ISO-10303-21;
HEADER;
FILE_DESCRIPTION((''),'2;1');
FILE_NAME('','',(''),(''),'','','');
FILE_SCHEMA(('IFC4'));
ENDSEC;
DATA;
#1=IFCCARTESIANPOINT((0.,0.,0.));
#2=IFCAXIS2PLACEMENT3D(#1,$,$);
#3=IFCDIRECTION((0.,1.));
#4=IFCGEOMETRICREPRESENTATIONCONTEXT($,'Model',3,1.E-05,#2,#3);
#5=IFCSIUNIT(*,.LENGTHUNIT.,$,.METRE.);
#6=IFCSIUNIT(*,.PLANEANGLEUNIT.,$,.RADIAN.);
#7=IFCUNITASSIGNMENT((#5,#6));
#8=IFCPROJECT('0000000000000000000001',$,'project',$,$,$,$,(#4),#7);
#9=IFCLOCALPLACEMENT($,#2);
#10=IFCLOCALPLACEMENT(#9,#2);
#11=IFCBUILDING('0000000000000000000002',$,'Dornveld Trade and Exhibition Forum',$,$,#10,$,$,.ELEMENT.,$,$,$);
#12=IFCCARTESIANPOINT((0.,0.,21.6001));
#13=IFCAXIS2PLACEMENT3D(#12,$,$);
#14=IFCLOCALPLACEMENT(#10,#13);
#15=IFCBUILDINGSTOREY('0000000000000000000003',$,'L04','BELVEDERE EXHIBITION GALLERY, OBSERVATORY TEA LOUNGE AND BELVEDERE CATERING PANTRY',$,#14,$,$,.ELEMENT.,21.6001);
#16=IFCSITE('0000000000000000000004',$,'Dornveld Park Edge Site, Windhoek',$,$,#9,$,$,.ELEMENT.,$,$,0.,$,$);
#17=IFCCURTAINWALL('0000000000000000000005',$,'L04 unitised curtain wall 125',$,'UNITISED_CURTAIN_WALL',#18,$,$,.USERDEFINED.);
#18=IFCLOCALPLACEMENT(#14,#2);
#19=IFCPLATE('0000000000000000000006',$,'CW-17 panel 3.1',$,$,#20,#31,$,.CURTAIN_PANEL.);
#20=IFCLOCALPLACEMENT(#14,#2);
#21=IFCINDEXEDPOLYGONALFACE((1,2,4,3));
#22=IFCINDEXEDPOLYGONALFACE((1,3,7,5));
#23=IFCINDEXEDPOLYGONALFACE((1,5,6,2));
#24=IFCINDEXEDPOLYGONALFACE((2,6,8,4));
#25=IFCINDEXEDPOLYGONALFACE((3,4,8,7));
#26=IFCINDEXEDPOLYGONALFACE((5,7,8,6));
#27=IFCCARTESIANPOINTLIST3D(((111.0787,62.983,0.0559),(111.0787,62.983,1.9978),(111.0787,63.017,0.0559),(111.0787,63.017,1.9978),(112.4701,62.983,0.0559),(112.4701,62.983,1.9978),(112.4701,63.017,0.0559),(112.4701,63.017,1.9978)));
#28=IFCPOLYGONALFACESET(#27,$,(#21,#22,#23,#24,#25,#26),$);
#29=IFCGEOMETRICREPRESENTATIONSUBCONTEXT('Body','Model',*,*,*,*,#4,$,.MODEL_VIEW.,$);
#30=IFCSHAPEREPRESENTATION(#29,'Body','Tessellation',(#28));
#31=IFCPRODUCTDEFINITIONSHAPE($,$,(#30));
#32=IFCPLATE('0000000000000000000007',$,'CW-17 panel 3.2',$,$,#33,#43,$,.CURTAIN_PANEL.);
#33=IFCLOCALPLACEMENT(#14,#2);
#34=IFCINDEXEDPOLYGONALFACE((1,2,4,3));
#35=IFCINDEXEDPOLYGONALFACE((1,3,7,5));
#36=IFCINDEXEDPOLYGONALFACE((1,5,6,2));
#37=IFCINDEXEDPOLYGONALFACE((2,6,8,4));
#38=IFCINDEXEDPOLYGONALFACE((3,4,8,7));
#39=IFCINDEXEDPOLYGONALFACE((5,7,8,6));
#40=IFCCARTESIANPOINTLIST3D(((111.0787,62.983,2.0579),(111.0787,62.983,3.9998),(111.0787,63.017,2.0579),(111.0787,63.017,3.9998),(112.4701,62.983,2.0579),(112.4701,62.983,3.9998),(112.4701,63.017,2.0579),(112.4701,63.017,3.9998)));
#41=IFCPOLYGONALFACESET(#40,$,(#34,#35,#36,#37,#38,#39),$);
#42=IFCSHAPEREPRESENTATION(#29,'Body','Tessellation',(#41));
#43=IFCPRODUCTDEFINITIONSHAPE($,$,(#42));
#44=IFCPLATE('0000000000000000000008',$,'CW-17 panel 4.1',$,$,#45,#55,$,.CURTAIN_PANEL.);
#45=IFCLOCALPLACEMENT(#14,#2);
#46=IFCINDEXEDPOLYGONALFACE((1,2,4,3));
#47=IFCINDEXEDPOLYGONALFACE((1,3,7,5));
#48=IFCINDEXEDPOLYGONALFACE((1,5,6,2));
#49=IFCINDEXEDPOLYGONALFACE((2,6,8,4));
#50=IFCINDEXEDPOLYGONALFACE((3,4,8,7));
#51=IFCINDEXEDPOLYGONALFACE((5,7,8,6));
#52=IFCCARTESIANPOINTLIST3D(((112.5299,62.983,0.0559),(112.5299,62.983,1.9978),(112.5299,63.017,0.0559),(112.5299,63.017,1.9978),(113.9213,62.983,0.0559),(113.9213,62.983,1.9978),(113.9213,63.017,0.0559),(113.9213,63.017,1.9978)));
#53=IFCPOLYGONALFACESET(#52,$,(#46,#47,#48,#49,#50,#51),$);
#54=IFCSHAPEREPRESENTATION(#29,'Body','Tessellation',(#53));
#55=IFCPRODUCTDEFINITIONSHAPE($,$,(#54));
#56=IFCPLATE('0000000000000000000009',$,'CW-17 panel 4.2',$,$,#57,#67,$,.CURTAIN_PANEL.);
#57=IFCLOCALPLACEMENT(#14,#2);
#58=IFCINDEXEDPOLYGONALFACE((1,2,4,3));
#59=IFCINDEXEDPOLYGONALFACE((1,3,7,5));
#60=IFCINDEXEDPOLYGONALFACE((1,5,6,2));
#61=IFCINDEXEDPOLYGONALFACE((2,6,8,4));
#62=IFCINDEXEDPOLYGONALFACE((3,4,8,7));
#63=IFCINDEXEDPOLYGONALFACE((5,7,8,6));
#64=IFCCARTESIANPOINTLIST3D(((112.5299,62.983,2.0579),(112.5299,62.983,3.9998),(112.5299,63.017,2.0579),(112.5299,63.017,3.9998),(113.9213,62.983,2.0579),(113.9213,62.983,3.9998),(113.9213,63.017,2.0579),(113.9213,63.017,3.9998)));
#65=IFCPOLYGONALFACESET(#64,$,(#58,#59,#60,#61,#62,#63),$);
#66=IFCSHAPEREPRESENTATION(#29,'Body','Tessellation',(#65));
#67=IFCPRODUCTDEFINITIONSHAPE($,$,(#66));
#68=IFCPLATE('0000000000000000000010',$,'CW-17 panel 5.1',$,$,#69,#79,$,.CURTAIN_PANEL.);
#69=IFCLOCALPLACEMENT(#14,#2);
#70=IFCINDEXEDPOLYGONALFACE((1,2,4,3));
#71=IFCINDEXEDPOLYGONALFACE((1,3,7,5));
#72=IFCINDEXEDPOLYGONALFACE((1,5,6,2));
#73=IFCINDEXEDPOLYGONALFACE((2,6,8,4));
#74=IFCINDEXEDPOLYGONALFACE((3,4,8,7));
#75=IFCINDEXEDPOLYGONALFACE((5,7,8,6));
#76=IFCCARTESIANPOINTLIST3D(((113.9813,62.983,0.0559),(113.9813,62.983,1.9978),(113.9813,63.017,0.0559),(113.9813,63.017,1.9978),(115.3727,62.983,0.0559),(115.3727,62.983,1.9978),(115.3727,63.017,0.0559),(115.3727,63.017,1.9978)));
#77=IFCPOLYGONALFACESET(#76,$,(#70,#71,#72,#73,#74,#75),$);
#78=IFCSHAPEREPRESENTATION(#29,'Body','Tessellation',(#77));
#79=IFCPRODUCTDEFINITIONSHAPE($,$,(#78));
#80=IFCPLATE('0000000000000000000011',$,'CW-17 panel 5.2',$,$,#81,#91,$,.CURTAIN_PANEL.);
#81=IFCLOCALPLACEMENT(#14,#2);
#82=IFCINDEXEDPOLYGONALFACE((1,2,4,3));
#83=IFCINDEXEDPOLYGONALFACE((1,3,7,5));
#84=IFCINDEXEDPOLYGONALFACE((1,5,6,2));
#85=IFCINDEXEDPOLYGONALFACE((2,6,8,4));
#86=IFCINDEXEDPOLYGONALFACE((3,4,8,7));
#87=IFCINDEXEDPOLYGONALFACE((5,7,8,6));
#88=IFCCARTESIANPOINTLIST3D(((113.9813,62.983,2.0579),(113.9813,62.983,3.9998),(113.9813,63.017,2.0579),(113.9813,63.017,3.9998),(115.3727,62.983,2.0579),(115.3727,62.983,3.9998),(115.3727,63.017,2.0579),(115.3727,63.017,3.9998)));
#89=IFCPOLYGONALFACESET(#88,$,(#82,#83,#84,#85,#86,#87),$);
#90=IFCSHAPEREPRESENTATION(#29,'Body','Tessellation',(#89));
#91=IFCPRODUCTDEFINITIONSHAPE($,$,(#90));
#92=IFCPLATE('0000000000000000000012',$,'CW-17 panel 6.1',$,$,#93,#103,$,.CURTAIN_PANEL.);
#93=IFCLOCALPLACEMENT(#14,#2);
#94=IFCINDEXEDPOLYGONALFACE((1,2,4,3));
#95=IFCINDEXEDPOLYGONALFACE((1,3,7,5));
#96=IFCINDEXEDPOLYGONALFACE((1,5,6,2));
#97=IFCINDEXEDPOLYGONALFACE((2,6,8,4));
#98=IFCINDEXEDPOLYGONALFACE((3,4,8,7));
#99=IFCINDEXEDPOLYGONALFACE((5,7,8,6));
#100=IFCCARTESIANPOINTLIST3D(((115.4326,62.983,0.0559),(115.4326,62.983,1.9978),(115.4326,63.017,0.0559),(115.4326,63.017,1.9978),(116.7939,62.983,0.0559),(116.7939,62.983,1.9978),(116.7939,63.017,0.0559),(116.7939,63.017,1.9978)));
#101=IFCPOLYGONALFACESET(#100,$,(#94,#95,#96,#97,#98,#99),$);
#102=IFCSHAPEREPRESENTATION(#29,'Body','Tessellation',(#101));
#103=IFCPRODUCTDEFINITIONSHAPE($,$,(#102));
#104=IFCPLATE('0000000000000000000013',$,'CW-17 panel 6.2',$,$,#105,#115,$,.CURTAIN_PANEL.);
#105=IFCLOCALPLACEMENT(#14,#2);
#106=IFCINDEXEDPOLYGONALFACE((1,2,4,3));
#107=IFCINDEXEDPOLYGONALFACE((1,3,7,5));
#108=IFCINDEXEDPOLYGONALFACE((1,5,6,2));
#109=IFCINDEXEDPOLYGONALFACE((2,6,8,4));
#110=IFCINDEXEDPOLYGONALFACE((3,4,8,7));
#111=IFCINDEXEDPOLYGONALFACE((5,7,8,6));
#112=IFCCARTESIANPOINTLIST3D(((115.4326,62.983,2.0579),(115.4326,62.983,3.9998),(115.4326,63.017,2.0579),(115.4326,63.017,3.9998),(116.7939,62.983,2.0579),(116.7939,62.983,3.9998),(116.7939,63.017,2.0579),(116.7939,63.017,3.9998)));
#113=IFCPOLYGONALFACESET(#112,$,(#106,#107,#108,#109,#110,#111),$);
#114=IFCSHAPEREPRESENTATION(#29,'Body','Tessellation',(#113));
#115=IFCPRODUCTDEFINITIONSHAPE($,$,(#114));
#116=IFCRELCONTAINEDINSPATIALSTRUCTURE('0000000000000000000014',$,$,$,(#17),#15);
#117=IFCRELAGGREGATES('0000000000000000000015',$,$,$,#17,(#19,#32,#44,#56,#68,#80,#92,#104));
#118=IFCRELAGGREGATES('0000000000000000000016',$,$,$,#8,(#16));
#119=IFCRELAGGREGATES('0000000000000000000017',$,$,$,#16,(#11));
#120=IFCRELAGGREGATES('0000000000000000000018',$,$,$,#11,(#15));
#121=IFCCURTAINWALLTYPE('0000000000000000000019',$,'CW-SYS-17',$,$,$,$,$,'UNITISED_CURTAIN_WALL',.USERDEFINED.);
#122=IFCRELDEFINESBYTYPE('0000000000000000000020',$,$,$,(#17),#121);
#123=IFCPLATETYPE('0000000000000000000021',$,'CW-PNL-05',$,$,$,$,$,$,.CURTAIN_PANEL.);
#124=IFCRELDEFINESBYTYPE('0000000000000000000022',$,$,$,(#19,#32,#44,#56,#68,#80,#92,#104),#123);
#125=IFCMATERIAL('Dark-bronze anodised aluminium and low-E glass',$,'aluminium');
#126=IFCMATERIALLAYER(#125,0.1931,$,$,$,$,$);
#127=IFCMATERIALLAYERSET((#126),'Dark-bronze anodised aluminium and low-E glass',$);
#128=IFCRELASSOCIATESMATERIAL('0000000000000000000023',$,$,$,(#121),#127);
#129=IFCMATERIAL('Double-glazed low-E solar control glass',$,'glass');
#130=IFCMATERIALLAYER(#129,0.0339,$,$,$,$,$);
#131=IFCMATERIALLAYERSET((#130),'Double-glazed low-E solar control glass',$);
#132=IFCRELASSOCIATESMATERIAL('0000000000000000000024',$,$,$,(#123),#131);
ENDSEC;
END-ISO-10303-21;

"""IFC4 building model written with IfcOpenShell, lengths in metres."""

from ifc_helpers import new_model, si_unit, direction, frame, origin, origin_2d, place, context, subcontext, project, spatial, rectangle, extrude, material, layer, layer_set, type_object, element, aggregate, save


model = new_model("IFC4")

# Units and contexts
model_context = context("Model", 3, precision=1e-05, world=origin(), true_north=direction((0.0, 1.0)))
body_context = subcontext(model_context, "Body", "Model", "MODEL_VIEW")
ifc_project = project(units=[si_unit("LENGTHUNIT", "METRE"), si_unit("PLANEANGLEUNIT", "RADIAN")], contexts=[model_context])

# Site, building, storey
site_placement = place(None, origin())
site = spatial("IfcSite", under=ifc_project, at=site_placement, Name="Dornveld Park Edge Site, Windhoek", CompositionType="ELEMENT", RefElevation=0.0)
building_placement = place(site_placement, origin())
building = spatial("IfcBuilding", under=site, at=building_placement, Name="Dornveld Trade and Exhibition Forum", CompositionType="ELEMENT")
storey_placement = place(building_placement, frame((0.0, 0.0, 21.6001)))
storey = spatial("IfcBuildingStorey", under=building, at=storey_placement, Name="L04", Description="BELVEDERE EXHIBITION GALLERY, OBSERVATORY TEA LOUNGE AND BELVEDERE CATERING PANTRY", CompositionType="ELEMENT", Elevation=21.6001)

# Curtain wall, plates
ifc_material_1 = material(Name="Dark-bronze anodised aluminium and low-E glass", Category="aluminium")
ifc_layer_1 = layer(ifc_material_1, 0.1931)
ifc_layer_set_1 = layer_set([ifc_layer_1], Name="Dark-bronze anodised aluminium and low-E glass")
curtain_wall_type = type_object("IfcCurtainWallType", Name="CW-SYS-17", ElementType="UNITISED_CURTAIN_WALL", PredefinedType="USERDEFINED", material=ifc_layer_set_1)
curtain_wall_placement = place(storey_placement, origin())
curtain_wall = element("IfcCurtainWall", 1, at=curtain_wall_placement, inside=storey, type_object=curtain_wall_type, Name="L04 unitised curtain wall 125", ObjectType="UNITISED_CURTAIN_WALL", PredefinedType="USERDEFINED")
ifc_material_2 = material(Name="Double-glazed low-E solar control glass", Category="glass")
ifc_layer_2 = layer(ifc_material_2, 0.0339)
ifc_layer_set_2 = layer_set([ifc_layer_2], Name="Double-glazed low-E solar control glass")
plate_type = type_object("IfcPlateType", Name="CW-PNL-05", PredefinedType="CURTAIN_PANEL", material=ifc_layer_set_2)
plate_1_placement = place(storey_placement, frame((111.7744, 63.0, 0.0559), z_axis=(0.0, 0.0, 1.0), x_axis=(1.0, 0.0, 0.0)))
plate_1 = element("IfcPlate", 2, at=plate_1_placement, type_object=plate_type, Name="CW-17 panel 3.1", PredefinedType="CURTAIN_PANEL", context=body_context, shape_type="SweptSolid", body=[
    extrude(rectangle(XDim=1.3914, YDim=0.0339, at=origin_2d()), origin(), (0.0, 0.0, 1.0), 1.9419),
])
plate_2_placement = place(storey_placement, frame((111.7744, 63.0, 2.0579), z_axis=(0.0, 0.0, 1.0), x_axis=(1.0, 0.0, 0.0)))
plate_2 = element("IfcPlate", 3, at=plate_2_placement, type_object=plate_type, Name="CW-17 panel 3.2", PredefinedType="CURTAIN_PANEL", context=body_context, shape_type="SweptSolid", body=[
    extrude(rectangle(XDim=1.3914, YDim=0.0339, at=origin_2d()), origin(), (0.0, 0.0, 1.0), 1.9419),
])
plate_3_placement = place(storey_placement, frame((113.2256, 63.0, 0.0559), z_axis=(0.0, 0.0, 1.0), x_axis=(1.0, 0.0, 0.0)))
plate_3 = element("IfcPlate", 4, at=plate_3_placement, type_object=plate_type, Name="CW-17 panel 4.1", PredefinedType="CURTAIN_PANEL", context=body_context, shape_type="SweptSolid", body=[
    extrude(rectangle(XDim=1.3914, YDim=0.0339, at=origin_2d()), origin(), (0.0, 0.0, 1.0), 1.9419),
])
plate_4_placement = place(storey_placement, frame((113.2256, 63.0, 2.0579), z_axis=(0.0, 0.0, 1.0), x_axis=(1.0, 0.0, 0.0)))
plate_4 = element("IfcPlate", 5, at=plate_4_placement, type_object=plate_type, Name="CW-17 panel 4.2", PredefinedType="CURTAIN_PANEL", context=body_context, shape_type="SweptSolid", body=[
    extrude(rectangle(XDim=1.3914, YDim=0.0339, at=origin_2d()), origin(), (0.0, 0.0, 1.0), 1.9419),
])
plate_5_placement = place(storey_placement, frame((114.677, 63.0, 0.0559), z_axis=(0.0, 0.0, 1.0), x_axis=(1.0, 0.0, 0.0)))
plate_5 = element("IfcPlate", 6, at=plate_5_placement, type_object=plate_type, Name="CW-17 panel 5.1", PredefinedType="CURTAIN_PANEL", context=body_context, shape_type="SweptSolid", body=[
    extrude(rectangle(XDim=1.3914, YDim=0.0339, at=origin_2d()), origin(), (0.0, 0.0, 1.0), 1.9419),
])
plate_6_placement = place(storey_placement, frame((114.677, 63.0, 2.0579), z_axis=(0.0, 0.0, 1.0), x_axis=(1.0, 0.0, 0.0)))
plate_6 = element("IfcPlate", 7, at=plate_6_placement, type_object=plate_type, Name="CW-17 panel 5.2", PredefinedType="CURTAIN_PANEL", context=body_context, shape_type="SweptSolid", body=[
    extrude(rectangle(XDim=1.3914, YDim=0.0339, at=origin_2d()), origin(), (0.0, 0.0, 1.0), 1.9419),
])
plate_7_placement = place(storey_placement, frame((116.1133, 63.0, 0.0559), z_axis=(0.0, 0.0, 1.0), x_axis=(1.0, 0.0, 0.0)))
plate_7 = element("IfcPlate", 8, at=plate_7_placement, type_object=plate_type, Name="CW-17 panel 6.1", PredefinedType="CURTAIN_PANEL", context=body_context, shape_type="SweptSolid", body=[
    extrude(rectangle(XDim=1.3613, YDim=0.0339, at=origin_2d()), origin(), (0.0, 0.0, 1.0), 1.9419),
])
plate_8_placement = place(storey_placement, frame((116.1133, 63.0, 2.0579), z_axis=(0.0, 0.0, 1.0), x_axis=(1.0, 0.0, 0.0)))
plate_8 = element("IfcPlate", 9, at=plate_8_placement, type_object=plate_type, Name="CW-17 panel 6.2", PredefinedType="CURTAIN_PANEL", context=body_context, shape_type="SweptSolid", body=[
    extrude(rectangle(XDim=1.3613, YDim=0.0339, at=origin_2d()), origin(), (0.0, 0.0, 1.0), 1.9419),
])
aggregate(curtain_wall, [plate_1, plate_2, plate_3, plate_4, plate_5, plate_6, plate_7, plate_8])

save(model, "model.ifc")
